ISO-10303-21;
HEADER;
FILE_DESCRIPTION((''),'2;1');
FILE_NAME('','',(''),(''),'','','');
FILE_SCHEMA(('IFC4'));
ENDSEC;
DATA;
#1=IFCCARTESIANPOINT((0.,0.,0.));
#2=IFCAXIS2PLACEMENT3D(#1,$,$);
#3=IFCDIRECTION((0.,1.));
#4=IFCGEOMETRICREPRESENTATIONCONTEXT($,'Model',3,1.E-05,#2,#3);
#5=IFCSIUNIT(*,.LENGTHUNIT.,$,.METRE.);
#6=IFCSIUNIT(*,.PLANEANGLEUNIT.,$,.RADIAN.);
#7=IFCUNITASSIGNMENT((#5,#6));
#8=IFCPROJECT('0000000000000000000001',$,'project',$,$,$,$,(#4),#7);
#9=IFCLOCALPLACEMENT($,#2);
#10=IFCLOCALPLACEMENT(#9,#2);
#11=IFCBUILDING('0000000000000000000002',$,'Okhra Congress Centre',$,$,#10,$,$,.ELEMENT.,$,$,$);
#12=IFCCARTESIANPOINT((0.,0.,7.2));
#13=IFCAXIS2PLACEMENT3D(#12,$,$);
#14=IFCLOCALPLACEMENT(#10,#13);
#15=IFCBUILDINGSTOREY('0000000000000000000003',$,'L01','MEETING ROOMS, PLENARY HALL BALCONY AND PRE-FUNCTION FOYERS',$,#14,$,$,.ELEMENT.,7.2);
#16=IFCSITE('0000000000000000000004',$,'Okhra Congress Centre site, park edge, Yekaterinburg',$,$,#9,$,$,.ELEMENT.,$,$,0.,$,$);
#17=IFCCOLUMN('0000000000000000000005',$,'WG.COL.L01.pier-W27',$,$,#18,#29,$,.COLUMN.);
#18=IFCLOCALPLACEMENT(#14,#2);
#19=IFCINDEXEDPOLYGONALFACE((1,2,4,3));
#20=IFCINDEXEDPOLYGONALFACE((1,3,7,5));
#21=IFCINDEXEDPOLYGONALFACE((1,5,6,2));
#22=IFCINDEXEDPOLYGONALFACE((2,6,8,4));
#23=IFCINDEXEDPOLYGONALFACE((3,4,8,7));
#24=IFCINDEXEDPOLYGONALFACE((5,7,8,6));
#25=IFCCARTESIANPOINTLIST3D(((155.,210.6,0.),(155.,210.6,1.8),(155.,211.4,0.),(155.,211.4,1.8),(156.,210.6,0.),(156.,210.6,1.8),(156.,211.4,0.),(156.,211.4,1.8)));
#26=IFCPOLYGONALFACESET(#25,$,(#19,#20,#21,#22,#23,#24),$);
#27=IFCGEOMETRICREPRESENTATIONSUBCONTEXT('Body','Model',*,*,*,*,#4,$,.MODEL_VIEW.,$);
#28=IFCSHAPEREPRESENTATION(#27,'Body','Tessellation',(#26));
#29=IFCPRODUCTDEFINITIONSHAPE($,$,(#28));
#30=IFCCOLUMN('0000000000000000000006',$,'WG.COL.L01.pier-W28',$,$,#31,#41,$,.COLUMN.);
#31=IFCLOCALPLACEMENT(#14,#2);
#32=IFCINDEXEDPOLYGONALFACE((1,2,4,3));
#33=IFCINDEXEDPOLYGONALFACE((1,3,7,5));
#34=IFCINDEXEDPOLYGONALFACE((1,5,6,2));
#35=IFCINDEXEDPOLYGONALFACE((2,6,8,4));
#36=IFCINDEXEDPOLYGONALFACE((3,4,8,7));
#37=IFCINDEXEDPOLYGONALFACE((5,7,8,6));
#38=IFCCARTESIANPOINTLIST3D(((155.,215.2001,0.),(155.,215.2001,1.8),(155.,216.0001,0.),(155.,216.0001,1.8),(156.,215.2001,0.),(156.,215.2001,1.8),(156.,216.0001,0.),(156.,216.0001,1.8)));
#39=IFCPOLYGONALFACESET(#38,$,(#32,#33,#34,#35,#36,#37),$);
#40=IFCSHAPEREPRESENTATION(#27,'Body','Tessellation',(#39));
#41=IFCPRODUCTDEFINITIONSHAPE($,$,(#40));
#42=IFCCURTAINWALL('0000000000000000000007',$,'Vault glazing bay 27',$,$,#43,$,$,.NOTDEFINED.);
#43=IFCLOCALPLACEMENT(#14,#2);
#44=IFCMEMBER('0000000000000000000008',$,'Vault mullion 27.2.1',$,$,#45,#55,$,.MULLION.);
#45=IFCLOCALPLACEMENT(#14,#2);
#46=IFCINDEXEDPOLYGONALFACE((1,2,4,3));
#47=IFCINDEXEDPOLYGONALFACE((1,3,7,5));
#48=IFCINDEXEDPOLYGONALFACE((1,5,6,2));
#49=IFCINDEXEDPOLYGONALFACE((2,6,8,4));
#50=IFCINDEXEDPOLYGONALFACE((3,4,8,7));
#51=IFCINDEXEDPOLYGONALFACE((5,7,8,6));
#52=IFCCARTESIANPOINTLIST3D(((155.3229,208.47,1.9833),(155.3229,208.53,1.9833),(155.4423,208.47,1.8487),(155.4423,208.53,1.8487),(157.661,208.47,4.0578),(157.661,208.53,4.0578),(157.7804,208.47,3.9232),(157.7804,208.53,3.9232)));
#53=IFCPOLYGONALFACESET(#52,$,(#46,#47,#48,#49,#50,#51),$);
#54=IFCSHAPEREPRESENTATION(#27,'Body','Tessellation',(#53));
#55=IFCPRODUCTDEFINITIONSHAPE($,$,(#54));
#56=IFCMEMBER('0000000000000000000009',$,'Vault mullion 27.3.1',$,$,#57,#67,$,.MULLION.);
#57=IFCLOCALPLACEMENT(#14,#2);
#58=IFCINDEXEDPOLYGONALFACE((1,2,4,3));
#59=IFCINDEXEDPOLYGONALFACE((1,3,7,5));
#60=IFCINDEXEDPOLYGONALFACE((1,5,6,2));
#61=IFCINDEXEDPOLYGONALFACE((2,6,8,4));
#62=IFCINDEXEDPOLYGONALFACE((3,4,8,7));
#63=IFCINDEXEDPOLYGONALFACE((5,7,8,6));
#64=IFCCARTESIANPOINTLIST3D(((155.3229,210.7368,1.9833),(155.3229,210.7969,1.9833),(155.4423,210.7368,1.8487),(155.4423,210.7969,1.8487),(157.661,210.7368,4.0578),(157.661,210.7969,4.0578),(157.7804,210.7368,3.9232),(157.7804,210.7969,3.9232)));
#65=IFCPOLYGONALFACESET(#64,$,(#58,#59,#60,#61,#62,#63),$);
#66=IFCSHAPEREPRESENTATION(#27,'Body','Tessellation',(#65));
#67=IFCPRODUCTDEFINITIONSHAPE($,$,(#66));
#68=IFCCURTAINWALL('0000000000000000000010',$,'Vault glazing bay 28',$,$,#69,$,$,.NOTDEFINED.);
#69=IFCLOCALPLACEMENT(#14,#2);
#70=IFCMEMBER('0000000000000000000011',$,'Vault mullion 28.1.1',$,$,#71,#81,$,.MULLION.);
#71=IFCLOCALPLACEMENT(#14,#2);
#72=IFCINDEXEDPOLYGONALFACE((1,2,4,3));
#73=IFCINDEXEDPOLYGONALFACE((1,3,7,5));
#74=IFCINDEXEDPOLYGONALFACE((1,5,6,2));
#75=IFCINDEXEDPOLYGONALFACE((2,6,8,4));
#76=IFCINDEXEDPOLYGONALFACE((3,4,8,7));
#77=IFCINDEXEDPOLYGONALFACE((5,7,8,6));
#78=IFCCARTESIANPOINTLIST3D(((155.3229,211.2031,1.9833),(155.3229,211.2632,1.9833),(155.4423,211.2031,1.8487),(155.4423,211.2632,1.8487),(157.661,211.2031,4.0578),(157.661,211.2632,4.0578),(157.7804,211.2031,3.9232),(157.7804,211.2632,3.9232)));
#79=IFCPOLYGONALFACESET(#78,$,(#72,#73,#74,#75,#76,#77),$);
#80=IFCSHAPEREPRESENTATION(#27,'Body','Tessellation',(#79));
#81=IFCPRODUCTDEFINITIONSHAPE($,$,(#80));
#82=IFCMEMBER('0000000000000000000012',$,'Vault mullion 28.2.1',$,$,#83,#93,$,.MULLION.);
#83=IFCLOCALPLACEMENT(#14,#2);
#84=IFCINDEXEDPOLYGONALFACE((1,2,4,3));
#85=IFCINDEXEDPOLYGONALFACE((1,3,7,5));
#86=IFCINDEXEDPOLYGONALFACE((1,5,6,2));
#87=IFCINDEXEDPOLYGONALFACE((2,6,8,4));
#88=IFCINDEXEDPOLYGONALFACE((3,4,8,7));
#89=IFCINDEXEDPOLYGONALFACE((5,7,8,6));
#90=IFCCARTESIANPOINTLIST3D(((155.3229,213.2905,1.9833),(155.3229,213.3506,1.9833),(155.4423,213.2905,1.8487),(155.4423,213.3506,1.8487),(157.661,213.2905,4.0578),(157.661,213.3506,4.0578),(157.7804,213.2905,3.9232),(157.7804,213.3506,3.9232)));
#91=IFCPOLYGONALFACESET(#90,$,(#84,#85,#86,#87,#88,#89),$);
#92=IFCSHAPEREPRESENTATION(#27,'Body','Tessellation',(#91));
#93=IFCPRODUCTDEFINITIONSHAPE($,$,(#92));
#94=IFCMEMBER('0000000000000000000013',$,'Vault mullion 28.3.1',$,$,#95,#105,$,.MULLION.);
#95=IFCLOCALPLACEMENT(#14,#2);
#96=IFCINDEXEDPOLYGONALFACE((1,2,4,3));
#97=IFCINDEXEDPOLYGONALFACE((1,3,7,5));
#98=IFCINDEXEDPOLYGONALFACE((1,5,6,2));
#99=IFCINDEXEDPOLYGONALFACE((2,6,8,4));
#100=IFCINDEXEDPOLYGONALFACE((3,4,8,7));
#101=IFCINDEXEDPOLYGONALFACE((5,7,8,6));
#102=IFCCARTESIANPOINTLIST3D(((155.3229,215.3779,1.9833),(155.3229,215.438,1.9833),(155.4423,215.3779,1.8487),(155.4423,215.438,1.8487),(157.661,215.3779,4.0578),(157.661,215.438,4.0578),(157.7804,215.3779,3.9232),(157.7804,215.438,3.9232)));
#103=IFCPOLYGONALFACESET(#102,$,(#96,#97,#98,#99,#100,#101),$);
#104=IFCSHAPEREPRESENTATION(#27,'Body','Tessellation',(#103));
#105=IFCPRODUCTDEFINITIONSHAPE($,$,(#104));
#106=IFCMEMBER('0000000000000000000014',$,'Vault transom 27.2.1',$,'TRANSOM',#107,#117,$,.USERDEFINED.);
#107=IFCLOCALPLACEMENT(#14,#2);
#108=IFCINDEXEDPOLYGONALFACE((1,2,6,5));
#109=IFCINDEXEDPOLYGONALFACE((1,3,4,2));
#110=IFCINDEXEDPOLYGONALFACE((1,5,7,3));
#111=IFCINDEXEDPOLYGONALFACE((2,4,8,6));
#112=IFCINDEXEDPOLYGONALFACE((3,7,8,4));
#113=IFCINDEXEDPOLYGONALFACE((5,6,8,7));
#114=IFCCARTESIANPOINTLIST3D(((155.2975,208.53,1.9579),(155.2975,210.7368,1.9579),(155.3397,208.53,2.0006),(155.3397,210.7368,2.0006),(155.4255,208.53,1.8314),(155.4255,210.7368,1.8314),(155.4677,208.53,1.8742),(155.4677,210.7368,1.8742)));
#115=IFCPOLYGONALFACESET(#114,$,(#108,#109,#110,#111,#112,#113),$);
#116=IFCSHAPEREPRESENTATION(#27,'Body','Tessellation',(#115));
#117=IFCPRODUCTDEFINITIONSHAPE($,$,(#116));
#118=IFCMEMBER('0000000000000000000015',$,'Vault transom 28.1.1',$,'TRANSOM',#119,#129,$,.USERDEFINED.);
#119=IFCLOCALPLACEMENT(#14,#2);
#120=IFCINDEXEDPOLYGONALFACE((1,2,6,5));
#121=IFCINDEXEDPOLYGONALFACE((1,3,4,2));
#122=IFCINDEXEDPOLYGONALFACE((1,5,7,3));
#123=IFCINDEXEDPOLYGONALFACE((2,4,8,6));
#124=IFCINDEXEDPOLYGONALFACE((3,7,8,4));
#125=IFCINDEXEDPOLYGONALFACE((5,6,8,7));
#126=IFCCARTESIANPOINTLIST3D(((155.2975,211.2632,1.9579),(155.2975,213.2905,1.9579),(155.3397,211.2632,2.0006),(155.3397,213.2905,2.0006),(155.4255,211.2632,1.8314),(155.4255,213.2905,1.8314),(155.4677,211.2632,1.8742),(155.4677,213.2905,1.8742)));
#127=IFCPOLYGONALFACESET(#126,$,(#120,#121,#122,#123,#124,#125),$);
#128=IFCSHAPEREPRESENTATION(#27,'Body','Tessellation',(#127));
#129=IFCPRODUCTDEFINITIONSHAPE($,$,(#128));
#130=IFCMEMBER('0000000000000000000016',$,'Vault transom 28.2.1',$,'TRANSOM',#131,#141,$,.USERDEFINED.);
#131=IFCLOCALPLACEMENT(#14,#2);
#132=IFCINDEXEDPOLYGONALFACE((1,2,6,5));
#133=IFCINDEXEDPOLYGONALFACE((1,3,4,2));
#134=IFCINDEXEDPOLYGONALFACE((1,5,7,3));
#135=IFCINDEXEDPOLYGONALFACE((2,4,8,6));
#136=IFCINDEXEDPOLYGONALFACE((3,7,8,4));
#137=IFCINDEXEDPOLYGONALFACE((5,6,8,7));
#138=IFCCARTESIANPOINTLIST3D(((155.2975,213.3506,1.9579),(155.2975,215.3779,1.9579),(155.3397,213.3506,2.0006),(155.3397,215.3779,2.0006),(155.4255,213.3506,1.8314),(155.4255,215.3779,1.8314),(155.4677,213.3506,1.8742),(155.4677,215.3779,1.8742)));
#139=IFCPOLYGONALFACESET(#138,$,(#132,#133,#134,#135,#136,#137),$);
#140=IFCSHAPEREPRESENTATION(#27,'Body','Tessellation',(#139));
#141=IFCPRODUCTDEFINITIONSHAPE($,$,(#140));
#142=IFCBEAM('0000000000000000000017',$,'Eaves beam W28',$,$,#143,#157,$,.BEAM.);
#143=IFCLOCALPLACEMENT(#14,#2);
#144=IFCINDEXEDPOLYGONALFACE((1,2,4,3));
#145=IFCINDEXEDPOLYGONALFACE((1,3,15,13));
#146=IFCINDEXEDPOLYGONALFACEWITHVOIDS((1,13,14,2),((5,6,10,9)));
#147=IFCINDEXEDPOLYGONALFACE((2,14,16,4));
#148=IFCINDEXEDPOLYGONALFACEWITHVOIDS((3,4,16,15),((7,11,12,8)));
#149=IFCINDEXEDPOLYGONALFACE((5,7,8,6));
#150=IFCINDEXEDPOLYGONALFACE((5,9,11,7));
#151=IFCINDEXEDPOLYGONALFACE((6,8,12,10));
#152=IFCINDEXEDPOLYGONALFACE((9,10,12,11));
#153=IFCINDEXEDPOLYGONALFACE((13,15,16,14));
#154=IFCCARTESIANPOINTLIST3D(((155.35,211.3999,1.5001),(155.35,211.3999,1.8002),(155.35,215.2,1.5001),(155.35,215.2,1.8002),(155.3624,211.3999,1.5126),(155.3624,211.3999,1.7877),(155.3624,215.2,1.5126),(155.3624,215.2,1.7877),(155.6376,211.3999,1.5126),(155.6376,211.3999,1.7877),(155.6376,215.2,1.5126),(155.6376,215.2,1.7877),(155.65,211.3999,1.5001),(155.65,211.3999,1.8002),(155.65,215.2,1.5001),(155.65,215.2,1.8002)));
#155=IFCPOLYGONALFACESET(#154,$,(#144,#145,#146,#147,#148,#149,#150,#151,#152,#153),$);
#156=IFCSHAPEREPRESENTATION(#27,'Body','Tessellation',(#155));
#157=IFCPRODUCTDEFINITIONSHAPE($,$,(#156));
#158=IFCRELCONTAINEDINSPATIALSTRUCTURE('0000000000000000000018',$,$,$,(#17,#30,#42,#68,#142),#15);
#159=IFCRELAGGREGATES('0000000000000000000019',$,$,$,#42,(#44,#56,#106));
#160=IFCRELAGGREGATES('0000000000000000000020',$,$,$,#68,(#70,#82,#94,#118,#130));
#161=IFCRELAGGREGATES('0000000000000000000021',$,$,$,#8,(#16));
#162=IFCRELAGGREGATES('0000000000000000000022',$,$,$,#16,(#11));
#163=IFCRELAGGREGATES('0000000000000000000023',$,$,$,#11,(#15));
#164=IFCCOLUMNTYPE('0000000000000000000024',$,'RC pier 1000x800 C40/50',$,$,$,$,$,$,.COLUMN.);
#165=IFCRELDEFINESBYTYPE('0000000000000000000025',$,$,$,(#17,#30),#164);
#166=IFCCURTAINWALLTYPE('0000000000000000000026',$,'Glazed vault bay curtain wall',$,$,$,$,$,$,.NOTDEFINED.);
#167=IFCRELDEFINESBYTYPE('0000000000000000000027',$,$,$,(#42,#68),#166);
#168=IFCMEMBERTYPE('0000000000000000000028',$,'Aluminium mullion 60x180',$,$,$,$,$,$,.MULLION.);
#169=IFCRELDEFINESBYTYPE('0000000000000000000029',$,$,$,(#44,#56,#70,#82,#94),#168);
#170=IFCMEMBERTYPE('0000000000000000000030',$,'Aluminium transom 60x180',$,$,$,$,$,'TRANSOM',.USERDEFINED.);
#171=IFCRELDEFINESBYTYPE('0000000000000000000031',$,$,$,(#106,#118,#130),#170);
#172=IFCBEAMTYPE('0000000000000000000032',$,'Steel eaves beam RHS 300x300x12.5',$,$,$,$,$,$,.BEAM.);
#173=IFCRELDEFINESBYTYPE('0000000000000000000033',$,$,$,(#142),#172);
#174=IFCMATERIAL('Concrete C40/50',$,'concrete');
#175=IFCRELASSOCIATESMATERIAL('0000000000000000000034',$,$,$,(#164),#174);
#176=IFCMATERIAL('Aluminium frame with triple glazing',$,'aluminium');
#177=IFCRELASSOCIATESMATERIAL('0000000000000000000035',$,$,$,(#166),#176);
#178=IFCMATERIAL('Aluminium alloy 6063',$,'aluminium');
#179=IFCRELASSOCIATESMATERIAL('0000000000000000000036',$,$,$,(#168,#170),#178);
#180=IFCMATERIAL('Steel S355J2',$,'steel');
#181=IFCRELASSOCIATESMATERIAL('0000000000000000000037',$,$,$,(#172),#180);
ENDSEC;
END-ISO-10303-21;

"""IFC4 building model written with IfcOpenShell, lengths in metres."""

from ifc_helpers import new_model, si_unit, direction, frame, origin, origin_2d, place, context, subcontext, project, spatial, rectangle, hollow_rectangle, extrude, material, material_profile, profile_set, type_object, element, aggregate, save


model = new_model("IFC4")

# Units and contexts
model_context = context("Model", 3, precision=1e-05, world=origin(), true_north=direction((0.0, 1.0)))
body_context = subcontext(model_context, "Body", "Model", "MODEL_VIEW")
ifc_project = project(units=[si_unit("LENGTHUNIT", "METRE"), si_unit("PLANEANGLEUNIT", "RADIAN")], contexts=[model_context])

# Site, building, storey
site_placement = place(None, origin())
site = spatial("IfcSite", under=ifc_project, at=site_placement, Name="Okhra Congress Centre site, park edge, Yekaterinburg", CompositionType="ELEMENT", RefElevation=0.0)
building_placement = place(site_placement, origin())
building = spatial("IfcBuilding", under=site, at=building_placement, Name="Okhra Congress Centre", CompositionType="ELEMENT")
storey_placement = place(building_placement, frame((0.0, 0.0, 7.2)))
storey = spatial("IfcBuildingStorey", under=building, at=storey_placement, Name="L01", Description="MEETING ROOMS, PLENARY HALL BALCONY AND PRE-FUNCTION FOYERS", CompositionType="ELEMENT", Elevation=7.2)

# Columns
ifc_material_1 = material(Name="Concrete C40/50", Category="concrete")
ifc_material_profile_1 = material_profile(ifc_material_1, rectangle(XDim=1.0, YDim=0.8, at=origin_2d()), Name="RC 1000x800")
ifc_profile_set_1 = profile_set([ifc_material_profile_1], Name="Concrete C40/50")
column_type = type_object("IfcColumnType", Name="RC pier 1000x800 C40/50", PredefinedType="COLUMN", material=ifc_profile_set_1)
for number, where, z_axis, x_axis, name in (
    (1, (155.5, 211.0, 0.0), (0.0, 0.0, 1.0), (1.0, 0.0, 0.0), "WG.COL.L01.pier-W27"),
    (2, (155.5, 215.6001, 0.0), (0.0, 0.0, 1.0), (1.0, 0.0, 0.0), "WG.COL.L01.pier-W28"),
):
    element("IfcColumn", number, at=place(storey_placement, frame(where, z_axis=z_axis, x_axis=x_axis)), inside=storey, type_object=column_type, Name=name, PredefinedType="COLUMN", context=body_context, shape_type="SweptSolid", body=[
        extrude(rectangle(XDim=1.0, YDim=0.8, at=origin_2d()), origin(), (0.0, 0.0, 1.0), 1.8),
    ])

# Curtain walls, members
ifc_material_2 = material(Name="Aluminium frame with triple glazing", Category="aluminium")
curtain_wall_type = type_object("IfcCurtainWallType", Name="Glazed vault bay curtain wall", PredefinedType="NOTDEFINED", material=ifc_material_2)
curtain_wall_1_placement = place(storey_placement, origin())
curtain_wall_1 = element("IfcCurtainWall", 3, at=curtain_wall_1_placement, inside=storey, type_object=curtain_wall_type, Name="Vault glazing bay 27", PredefinedType="NOTDEFINED")
ifc_material_3 = material(Name="Aluminium alloy 6063", Category="aluminium")
ifc_material_profile_2 = material_profile(ifc_material_3, rectangle(XDim=0.0601, YDim=0.1799, at=origin_2d()), Name="AL 60x180")
ifc_profile_set_2 = profile_set([ifc_material_profile_2], Name="Aluminium alloy 6063")
member_type_1 = type_object("IfcMemberType", Name="Aluminium mullion 60x180", PredefinedType="MULLION", material=ifc_profile_set_2)
member_1_placement = place(storey_placement, frame((155.3826, 208.5, 1.916), z_axis=(0.748025, 0.0, 0.66367), x_axis=(0.0, 1.0, 0.0)))
member_1 = element("IfcMember", 4, at=member_1_placement, type_object=member_type_1, Name="Vault mullion 27.2.1", PredefinedType="MULLION", context=body_context, shape_type="SweptSolid", body=[
    extrude(rectangle(XDim=0.0601, YDim=0.1799, at=origin_2d()), origin(), (0.0, 0.0, 1.0), 3.1257),
])
member_2_placement = place(storey_placement, frame((155.3826, 210.7668, 1.916), z_axis=(0.748025, 0.0, 0.66367), x_axis=(0.0, 1.0, 0.0)))
member_2 = element("IfcMember", 5, at=member_2_placement, type_object=member_type_1, Name="Vault mullion 27.3.1", PredefinedType="MULLION", context=body_context, shape_type="SweptSolid", body=[
    extrude(rectangle(XDim=0.0601, YDim=0.1799, at=origin_2d()), origin(), (0.0, 0.0, 1.0), 3.1257),
])
curtain_wall_2_placement = place(storey_placement, origin())
curtain_wall_2 = element("IfcCurtainWall", 6, at=curtain_wall_2_placement, inside=storey, type_object=curtain_wall_type, Name="Vault glazing bay 28", PredefinedType="NOTDEFINED")
member_3_placement = place(storey_placement, frame((155.3826, 211.2332, 1.916), z_axis=(0.748025, 0.0, 0.66367), x_axis=(0.0, 1.0, 0.0)))
member_3 = element("IfcMember", 7, at=member_3_placement, type_object=member_type_1, Name="Vault mullion 28.1.1", PredefinedType="MULLION", context=body_context, shape_type="SweptSolid", body=[
    extrude(rectangle(XDim=0.0601, YDim=0.1799, at=origin_2d()), origin(), (0.0, 0.0, 1.0), 3.1257),
])
member_4_placement = place(storey_placement, frame((155.3826, 213.3206, 1.916), z_axis=(0.748025, 0.0, 0.66367), x_axis=(0.0, 1.0, 0.0)))
member_4 = element("IfcMember", 8, at=member_4_placement, type_object=member_type_1, Name="Vault mullion 28.2.1", PredefinedType="MULLION", context=body_context, shape_type="SweptSolid", body=[
    extrude(rectangle(XDim=0.0601, YDim=0.1799, at=origin_2d()), origin(), (0.0, 0.0, 1.0), 3.1257),
])
member_5_placement = place(storey_placement, frame((155.3826, 215.408, 1.916), z_axis=(0.748025, 0.0, 0.66367), x_axis=(0.0, 1.0, 0.0)))
member_5 = element("IfcMember", 9, at=member_5_placement, type_object=member_type_1, Name="Vault mullion 28.3.1", PredefinedType="MULLION", context=body_context, shape_type="SweptSolid", body=[
    extrude(rectangle(XDim=0.0601, YDim=0.1799, at=origin_2d()), origin(), (0.0, 0.0, 1.0), 3.1257),
])

# Members
ifc_material_profile_3 = material_profile(ifc_material_3, rectangle(XDim=0.0601, YDim=0.1799, at=origin_2d()), Name="AL 60x180 transom")
ifc_profile_set_3 = profile_set([ifc_material_profile_3], Name="Aluminium alloy 6063")
member_type_2 = type_object("IfcMemberType", Name="Aluminium transom 60x180", ElementType="TRANSOM", PredefinedType="USERDEFINED", material=ifc_profile_set_3)
member_6_placement = place(storey_placement, frame((155.3826, 208.53, 1.916), z_axis=(0.0, 1.0, 0.0), x_axis=(-0.702636, 0.0, -0.711549)))
member_6 = element("IfcMember", 10, at=member_6_placement, type_object=member_type_2, Name="Vault transom 27.2.1", ObjectType="TRANSOM", PredefinedType="USERDEFINED", context=body_context, shape_type="SweptSolid", body=[
    extrude(rectangle(XDim=0.0601, YDim=0.1799, at=origin_2d()), origin(), (0.0, 0.0, 1.0), 2.2068),
])
member_7_placement = place(storey_placement, frame((155.3826, 211.2632, 1.916), z_axis=(0.0, 1.0, 0.0), x_axis=(-0.702636, 0.0, -0.711549)))
member_7 = element("IfcMember", 11, at=member_7_placement, type_object=member_type_2, Name="Vault transom 28.1.1", ObjectType="TRANSOM", PredefinedType="USERDEFINED", context=body_context, shape_type="SweptSolid", body=[
    extrude(rectangle(XDim=0.0601, YDim=0.1799, at=origin_2d()), origin(), (0.0, 0.0, 1.0), 2.0273),
])
member_8_placement = place(storey_placement, frame((155.3826, 213.3506, 1.916), z_axis=(0.0, 1.0, 0.0), x_axis=(-0.702636, 0.0, -0.711549)))
member_8 = element("IfcMember", 12, at=member_8_placement, type_object=member_type_2, Name="Vault transom 28.2.1", ObjectType="TRANSOM", PredefinedType="USERDEFINED", context=body_context, shape_type="SweptSolid", body=[
    extrude(rectangle(XDim=0.0601, YDim=0.1799, at=origin_2d()), origin(), (0.0, 0.0, 1.0), 2.0273),
])

# Beam
ifc_material_4 = material(Name="Steel S355J2", Category="steel")
ifc_material_profile_4 = material_profile(ifc_material_4, hollow_rectangle(XDim=0.3, YDim=0.3, WallThickness=0.0125, at=origin_2d()), Name="RHS 300x300x12.5")
ifc_profile_set_4 = profile_set([ifc_material_profile_4], Name="Steel S355J2")
beam_type = type_object("IfcBeamType", Name="Steel eaves beam RHS 300x300x12.5", PredefinedType="BEAM", material=ifc_profile_set_4)
beam_placement = place(storey_placement, frame((155.5, 211.3999, 1.6501), z_axis=(0.0, 1.0, 0.0), x_axis=(-1.0, 0.0, 0.0)))
element("IfcBeam", 13, at=beam_placement, inside=storey, type_object=beam_type, Name="Eaves beam W28", PredefinedType="BEAM", context=body_context, shape_type="SweptSolid", body=[
    extrude(hollow_rectangle(XDim=0.3, YDim=0.3, WallThickness=0.0125, at=origin_2d()), origin(), (0.0, 0.0, 1.0), 3.8),
])

aggregate(curtain_wall_1, [member_1, member_2, member_6])
aggregate(curtain_wall_2, [member_3, member_4, member_5, member_7, member_8])

save(model, "model.ifc")
